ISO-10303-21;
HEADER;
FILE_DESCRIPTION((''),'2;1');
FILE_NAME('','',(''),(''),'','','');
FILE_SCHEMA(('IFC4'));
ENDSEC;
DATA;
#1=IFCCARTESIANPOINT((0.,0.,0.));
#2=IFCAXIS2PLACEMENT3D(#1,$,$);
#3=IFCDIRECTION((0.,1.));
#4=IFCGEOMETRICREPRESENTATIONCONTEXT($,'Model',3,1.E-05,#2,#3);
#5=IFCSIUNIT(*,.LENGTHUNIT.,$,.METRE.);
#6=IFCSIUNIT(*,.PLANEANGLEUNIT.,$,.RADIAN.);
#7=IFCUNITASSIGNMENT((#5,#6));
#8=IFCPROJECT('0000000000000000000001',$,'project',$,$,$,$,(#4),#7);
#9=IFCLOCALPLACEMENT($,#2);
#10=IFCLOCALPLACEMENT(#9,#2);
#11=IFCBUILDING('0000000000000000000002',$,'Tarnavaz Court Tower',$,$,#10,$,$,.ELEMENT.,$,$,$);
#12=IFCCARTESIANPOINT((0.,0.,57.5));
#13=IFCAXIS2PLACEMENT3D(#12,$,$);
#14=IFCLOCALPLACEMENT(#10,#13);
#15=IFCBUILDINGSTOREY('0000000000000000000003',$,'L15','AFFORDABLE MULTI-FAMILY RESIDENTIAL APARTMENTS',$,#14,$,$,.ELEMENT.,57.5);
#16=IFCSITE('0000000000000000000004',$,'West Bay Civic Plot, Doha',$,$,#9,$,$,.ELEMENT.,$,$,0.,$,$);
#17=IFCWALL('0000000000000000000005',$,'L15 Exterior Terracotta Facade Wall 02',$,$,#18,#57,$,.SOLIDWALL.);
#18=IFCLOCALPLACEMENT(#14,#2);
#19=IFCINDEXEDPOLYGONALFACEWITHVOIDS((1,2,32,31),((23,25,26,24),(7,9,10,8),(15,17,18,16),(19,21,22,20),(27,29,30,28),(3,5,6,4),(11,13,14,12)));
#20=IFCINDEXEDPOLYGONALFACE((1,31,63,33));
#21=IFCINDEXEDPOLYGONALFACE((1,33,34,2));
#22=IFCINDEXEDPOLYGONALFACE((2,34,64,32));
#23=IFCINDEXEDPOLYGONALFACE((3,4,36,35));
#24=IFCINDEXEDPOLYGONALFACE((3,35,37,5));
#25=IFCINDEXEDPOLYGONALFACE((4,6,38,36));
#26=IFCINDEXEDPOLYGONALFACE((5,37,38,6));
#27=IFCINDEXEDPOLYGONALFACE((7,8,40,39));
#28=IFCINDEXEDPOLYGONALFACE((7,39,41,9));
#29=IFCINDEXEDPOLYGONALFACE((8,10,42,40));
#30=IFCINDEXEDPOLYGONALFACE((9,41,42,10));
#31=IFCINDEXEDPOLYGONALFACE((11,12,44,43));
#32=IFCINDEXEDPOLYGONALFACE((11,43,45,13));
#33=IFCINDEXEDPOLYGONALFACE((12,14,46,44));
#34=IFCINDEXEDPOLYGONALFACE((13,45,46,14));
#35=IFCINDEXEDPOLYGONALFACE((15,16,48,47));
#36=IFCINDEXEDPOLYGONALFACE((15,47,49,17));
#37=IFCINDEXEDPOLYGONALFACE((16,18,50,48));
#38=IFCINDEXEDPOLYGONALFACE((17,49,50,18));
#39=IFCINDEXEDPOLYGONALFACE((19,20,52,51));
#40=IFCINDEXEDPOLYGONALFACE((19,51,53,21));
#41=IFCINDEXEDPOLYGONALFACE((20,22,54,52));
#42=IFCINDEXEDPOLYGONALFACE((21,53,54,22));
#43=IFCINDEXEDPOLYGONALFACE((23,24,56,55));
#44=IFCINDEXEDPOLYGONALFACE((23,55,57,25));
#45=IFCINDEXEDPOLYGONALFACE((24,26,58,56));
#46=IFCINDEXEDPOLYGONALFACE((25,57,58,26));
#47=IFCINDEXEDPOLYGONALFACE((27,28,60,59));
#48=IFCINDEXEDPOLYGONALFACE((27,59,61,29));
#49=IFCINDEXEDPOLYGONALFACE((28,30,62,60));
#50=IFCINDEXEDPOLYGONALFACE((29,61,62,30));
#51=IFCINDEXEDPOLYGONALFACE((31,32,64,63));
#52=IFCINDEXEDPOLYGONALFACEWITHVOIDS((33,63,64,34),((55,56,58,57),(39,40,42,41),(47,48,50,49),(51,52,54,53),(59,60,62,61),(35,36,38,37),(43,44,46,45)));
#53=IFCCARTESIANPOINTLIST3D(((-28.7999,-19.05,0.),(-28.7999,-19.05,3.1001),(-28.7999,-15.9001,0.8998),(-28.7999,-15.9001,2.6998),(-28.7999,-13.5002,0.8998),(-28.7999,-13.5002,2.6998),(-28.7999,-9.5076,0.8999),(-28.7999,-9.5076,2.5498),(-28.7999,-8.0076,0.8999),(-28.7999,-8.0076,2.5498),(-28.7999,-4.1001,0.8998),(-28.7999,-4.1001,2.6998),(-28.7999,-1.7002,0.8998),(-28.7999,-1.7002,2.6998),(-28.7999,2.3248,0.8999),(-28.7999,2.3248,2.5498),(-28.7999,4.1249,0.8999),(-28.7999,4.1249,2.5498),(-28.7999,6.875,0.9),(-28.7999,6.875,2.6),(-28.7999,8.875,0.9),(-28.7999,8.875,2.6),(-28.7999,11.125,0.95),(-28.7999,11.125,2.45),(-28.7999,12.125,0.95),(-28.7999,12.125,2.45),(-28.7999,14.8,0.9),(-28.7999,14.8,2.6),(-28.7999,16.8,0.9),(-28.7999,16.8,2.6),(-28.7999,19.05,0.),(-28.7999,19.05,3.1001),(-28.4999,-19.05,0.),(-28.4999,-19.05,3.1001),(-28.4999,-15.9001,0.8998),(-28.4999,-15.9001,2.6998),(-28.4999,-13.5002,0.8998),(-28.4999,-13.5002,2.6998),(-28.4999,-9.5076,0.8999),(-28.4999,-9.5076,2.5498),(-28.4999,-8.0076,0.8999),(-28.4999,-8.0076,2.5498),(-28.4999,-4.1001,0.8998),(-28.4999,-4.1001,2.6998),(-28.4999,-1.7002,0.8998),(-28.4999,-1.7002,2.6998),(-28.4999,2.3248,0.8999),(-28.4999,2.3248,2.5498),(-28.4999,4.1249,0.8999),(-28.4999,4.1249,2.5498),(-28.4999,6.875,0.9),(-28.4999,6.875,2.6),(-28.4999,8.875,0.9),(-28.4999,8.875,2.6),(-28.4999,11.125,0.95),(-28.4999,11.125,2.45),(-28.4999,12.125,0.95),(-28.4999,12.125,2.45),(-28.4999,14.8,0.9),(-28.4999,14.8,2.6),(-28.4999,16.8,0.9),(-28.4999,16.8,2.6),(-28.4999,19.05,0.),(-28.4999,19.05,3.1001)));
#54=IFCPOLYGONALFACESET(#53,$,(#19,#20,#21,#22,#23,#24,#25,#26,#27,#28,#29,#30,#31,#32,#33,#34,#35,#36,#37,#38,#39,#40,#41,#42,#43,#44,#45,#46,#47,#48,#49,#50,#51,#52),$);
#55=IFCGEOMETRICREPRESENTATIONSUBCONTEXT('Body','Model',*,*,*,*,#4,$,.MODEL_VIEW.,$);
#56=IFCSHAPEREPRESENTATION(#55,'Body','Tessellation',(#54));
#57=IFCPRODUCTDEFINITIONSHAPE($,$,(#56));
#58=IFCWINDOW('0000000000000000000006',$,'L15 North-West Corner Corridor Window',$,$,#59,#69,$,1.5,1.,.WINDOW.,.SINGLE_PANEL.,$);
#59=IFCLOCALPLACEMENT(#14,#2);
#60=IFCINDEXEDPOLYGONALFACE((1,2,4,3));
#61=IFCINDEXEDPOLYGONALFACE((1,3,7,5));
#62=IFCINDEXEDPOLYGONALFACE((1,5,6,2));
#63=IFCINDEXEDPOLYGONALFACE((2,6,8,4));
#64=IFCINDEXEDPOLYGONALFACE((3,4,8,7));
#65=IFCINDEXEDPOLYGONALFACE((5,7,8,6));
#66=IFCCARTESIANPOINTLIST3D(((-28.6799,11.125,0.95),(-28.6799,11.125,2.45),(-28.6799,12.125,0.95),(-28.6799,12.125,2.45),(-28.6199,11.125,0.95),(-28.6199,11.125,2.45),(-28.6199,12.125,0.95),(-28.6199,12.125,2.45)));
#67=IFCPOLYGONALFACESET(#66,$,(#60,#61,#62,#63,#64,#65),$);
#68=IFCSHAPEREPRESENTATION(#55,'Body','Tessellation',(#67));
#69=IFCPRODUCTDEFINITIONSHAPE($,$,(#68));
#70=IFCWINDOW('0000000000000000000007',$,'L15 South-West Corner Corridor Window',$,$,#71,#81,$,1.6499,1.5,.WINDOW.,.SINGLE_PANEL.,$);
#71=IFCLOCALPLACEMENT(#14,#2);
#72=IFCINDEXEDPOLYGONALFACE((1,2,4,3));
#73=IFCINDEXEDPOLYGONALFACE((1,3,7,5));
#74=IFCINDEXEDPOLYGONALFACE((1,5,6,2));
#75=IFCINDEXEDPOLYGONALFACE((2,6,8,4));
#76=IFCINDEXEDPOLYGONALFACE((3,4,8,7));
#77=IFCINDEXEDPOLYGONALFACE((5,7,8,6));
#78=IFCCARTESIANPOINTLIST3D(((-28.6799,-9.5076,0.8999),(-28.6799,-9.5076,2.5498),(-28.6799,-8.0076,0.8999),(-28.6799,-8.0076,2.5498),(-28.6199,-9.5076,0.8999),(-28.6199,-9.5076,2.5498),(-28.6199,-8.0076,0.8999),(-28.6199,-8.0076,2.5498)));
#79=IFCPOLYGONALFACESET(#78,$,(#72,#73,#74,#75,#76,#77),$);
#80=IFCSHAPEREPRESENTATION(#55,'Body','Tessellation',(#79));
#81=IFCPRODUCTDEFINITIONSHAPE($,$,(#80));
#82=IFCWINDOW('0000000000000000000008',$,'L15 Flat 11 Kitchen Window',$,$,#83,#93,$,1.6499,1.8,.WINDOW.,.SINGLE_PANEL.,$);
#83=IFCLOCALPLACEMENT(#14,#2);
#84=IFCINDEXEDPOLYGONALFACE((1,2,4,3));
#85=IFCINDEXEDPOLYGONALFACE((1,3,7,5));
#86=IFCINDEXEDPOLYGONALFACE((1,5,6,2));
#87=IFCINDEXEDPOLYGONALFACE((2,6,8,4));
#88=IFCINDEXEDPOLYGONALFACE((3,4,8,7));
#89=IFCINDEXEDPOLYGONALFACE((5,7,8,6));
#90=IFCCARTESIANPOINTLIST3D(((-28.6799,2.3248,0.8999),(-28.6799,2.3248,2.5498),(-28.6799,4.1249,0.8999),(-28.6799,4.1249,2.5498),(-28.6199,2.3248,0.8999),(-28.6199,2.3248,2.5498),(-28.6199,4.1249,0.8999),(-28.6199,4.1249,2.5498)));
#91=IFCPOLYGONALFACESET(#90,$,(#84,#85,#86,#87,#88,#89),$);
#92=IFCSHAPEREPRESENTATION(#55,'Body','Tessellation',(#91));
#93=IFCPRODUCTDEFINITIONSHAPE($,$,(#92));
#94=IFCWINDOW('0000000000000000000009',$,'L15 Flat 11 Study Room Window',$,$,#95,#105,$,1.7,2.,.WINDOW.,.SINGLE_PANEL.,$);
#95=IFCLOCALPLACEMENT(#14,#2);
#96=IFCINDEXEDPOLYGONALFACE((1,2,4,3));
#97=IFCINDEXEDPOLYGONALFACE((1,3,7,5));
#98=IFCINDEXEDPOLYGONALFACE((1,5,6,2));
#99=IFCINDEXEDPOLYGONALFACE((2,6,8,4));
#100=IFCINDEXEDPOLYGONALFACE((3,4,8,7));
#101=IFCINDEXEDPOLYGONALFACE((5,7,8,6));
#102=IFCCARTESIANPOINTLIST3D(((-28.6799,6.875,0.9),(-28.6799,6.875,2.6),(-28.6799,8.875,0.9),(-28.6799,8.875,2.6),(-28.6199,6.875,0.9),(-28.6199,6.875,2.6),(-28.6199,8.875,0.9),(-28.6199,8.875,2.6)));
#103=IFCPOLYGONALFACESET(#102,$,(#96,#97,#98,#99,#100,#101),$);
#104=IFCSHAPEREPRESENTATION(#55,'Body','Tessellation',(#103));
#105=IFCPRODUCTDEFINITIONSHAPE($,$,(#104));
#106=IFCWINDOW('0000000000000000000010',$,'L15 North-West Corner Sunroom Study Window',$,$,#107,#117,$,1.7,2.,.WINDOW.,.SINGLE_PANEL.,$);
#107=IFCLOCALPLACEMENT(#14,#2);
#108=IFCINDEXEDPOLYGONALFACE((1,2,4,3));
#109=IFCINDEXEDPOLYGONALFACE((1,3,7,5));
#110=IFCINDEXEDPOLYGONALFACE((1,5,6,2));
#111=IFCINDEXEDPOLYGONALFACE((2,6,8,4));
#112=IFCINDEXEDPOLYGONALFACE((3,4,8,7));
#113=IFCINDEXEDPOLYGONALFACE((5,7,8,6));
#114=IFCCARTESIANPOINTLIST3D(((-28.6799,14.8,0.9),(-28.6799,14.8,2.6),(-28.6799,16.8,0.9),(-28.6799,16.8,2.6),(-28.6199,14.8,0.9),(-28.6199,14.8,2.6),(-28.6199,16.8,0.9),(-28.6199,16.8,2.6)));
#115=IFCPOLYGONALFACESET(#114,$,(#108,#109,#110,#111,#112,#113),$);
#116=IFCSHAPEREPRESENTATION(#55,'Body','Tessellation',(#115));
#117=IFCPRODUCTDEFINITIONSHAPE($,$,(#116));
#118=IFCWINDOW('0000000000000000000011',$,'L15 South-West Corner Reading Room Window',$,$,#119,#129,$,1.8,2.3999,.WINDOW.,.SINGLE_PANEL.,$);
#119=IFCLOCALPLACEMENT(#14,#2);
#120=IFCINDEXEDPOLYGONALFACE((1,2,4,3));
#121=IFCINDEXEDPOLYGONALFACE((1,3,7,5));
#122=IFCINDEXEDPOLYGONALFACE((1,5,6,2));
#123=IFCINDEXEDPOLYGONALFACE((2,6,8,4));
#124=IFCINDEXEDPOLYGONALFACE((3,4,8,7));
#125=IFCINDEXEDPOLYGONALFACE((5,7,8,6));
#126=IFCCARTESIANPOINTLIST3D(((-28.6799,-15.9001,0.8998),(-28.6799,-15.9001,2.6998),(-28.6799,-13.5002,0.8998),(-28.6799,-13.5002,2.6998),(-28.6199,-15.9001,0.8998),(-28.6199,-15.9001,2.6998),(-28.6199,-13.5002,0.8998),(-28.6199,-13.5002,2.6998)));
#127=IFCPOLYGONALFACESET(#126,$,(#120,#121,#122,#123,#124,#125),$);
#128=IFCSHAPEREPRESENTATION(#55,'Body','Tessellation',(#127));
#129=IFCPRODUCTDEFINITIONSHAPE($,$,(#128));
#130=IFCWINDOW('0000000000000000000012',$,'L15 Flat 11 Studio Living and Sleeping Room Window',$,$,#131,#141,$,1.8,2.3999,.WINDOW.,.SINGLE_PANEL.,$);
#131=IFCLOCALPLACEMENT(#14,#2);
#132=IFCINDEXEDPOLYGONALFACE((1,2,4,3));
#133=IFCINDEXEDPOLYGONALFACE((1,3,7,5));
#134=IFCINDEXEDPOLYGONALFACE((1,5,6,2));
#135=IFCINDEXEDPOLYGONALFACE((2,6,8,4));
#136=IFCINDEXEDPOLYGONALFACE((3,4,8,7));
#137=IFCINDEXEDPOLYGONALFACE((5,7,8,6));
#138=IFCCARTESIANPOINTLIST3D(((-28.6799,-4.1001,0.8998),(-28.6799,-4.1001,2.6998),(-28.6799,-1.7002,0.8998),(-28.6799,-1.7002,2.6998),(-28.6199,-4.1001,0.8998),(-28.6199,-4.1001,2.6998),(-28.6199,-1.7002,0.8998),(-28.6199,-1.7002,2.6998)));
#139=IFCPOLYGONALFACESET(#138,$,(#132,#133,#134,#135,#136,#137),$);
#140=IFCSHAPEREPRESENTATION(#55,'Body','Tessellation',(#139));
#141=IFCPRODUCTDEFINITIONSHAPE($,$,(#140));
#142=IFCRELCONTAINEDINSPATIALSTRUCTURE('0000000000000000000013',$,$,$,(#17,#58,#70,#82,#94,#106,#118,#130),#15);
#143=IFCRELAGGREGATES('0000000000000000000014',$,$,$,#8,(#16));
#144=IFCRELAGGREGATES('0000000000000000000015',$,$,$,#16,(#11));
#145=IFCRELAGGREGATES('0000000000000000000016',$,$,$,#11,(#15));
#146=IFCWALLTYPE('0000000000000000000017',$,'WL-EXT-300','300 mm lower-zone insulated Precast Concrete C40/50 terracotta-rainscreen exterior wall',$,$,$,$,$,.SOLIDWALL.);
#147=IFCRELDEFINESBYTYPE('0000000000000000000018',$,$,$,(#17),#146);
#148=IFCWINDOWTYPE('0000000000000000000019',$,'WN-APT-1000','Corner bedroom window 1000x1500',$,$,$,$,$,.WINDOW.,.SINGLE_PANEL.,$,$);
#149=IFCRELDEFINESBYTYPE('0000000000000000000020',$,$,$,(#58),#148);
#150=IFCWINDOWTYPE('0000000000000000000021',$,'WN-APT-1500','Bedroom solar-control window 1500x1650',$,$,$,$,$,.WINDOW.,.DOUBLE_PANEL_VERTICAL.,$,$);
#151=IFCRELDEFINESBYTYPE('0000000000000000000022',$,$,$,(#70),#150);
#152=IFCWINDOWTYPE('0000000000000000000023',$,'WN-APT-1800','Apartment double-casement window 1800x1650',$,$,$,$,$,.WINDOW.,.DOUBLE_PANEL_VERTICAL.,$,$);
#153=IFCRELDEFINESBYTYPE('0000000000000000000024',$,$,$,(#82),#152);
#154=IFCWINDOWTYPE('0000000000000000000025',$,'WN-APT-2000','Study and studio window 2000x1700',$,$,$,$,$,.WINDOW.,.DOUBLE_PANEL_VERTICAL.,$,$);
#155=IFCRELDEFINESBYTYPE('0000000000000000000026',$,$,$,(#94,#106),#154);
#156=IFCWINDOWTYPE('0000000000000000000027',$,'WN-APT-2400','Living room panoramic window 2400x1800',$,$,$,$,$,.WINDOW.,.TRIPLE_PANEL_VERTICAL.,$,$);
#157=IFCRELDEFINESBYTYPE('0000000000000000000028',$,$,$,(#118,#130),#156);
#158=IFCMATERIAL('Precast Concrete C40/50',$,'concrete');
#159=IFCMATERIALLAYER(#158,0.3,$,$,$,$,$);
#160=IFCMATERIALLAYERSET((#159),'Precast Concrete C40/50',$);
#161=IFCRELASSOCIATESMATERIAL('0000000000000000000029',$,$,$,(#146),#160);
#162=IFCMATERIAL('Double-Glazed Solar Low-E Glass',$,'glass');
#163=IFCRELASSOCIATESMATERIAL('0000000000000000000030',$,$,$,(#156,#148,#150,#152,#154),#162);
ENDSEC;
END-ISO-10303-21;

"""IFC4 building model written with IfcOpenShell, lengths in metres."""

from ifc_helpers import new_model, si_unit, direction, frame, frame_2d, origin, place, context, subcontext, project, spatial, rectangle, extrude, material, layer, layer_set, type_object, element, fill, save


model = new_model("IFC4")

# Units and contexts
model_context = context("Model", 3, precision=1e-05, world=origin(), true_north=direction((0.0, 1.0)))
body_context = subcontext(model_context, "Body", "Model", "MODEL_VIEW")
ifc_project = project(units=[si_unit("LENGTHUNIT", "METRE"), si_unit("PLANEANGLEUNIT", "RADIAN")], contexts=[model_context])

# Site, building, storey
site_placement = place(None, origin())
site = spatial("IfcSite", under=ifc_project, at=site_placement, Name="West Bay Civic Plot, Doha", CompositionType="ELEMENT", RefElevation=0.0)
building_placement = place(site_placement, origin())
building = spatial("IfcBuilding", under=site, at=building_placement, Name="Tarnavaz Court Tower", CompositionType="ELEMENT")
storey_placement = place(building_placement, frame((0.0, 0.0, 57.5)))
storey = spatial("IfcBuildingStorey", under=building, at=storey_placement, Name="L15", Description="AFFORDABLE MULTI-FAMILY RESIDENTIAL APARTMENTS", CompositionType="ELEMENT", Elevation=57.5)

# Shared definitions
ifc_material_1 = material(Name="Precast Concrete C40/50", Category="concrete")
ifc_layer_1 = layer(ifc_material_1, 0.3)
ifc_layer_set_1 = layer_set([ifc_layer_1], Name="Precast Concrete C40/50")
wall_type_1 = type_object("IfcWallType", Name="WL-EXT-300", Description="300 mm lower-zone insulated Precast Concrete C40/50 terracotta-rainscreen exterior wall", PredefinedType="SOLIDWALL", material=ifc_layer_set_1)
ifc_material_2 = material(Name="Double-Glazed Solar Low-E Glass", Category="glass")
window_type_1 = type_object("IfcWindowType", Name="WN-APT-2400", Description="Living room panoramic window 2400x1800", PartitioningType="TRIPLE_PANEL_VERTICAL", PredefinedType="WINDOW", material=ifc_material_2)

# Wall, openings, windows
wall_1_placement = place(storey_placement, frame((-28.6499, -19.05, 0.0), z_axis=(0.0, 0.0, 1.0), x_axis=(0.0, 1.0, 0.0)))
wall_1 = element("IfcWall", 1, at=wall_1_placement, inside=storey, type_object=wall_type_1, Name="L15 Exterior Terracotta Facade Wall 02", PredefinedType="SOLIDWALL", context=body_context, shape_type="SweptSolid", body=[
    extrude(rectangle(XDim=38.1001, YDim=0.3, at=frame_2d((19.05, 0.0))), origin(), (0.0, 0.0, 1.0), 3.1001),
])
opening_1_placement = place(wall_1_placement, frame((3.1499, 0.0, 0.8999)))
opening_1 = element("IfcOpeningElement", 2, at=opening_1_placement, cuts=wall_1, PredefinedType="OPENING", context=body_context, shape_type="SweptSolid", body=[
    extrude(rectangle(XDim=2.3999, YDim=1.8, at=frame_2d((1.2, 0.8999))), frame((0.0, 0.1599, 0.0), z_axis=(0.0, -1.0, 0.0), x_axis=(1.0, 0.0, 0.0)), (0.0, 0.0, 1.0), 0.3201),
])
opening_2_placement = place(wall_1_placement, frame((9.5425, 0.0, 0.8999)))
opening_2 = element("IfcOpeningElement", 3, at=opening_2_placement, cuts=wall_1, PredefinedType="OPENING", context=body_context, shape_type="SweptSolid", body=[
    extrude(rectangle(XDim=1.5, YDim=1.6499, at=frame_2d((0.75, 0.825))), frame((0.0, 0.1599, 0.0), z_axis=(0.0, -1.0, 0.0), x_axis=(1.0, 0.0, 0.0)), (0.0, 0.0, 1.0), 0.3201),
])
opening_3_placement = place(wall_1_placement, frame((14.95, 0.0, 0.8999)))
opening_3 = element("IfcOpeningElement", 4, at=opening_3_placement, cuts=wall_1, PredefinedType="OPENING", context=body_context, shape_type="SweptSolid", body=[
    extrude(rectangle(XDim=2.3999, YDim=1.8, at=frame_2d((1.2, 0.8999))), frame((0.0, 0.1599, 0.0), z_axis=(0.0, -1.0, 0.0), x_axis=(1.0, 0.0, 0.0)), (0.0, 0.0, 1.0), 0.3201),
])
opening_4_placement = place(wall_1_placement, frame((21.375, 0.0, 0.8999)))
opening_4 = element("IfcOpeningElement", 5, at=opening_4_placement, cuts=wall_1, PredefinedType="OPENING", context=body_context, shape_type="SweptSolid", body=[
    extrude(rectangle(XDim=1.8, YDim=1.6499, at=frame_2d((0.8999, 0.825))), frame((0.0, 0.1599, 0.0), z_axis=(0.0, -1.0, 0.0), x_axis=(1.0, 0.0, 0.0)), (0.0, 0.0, 1.0), 0.3201),
])
opening_5_placement = place(wall_1_placement, frame((25.925, 0.0, 0.8999)))
opening_5 = element("IfcOpeningElement", 6, at=opening_5_placement, cuts=wall_1, PredefinedType="OPENING", context=body_context, shape_type="SweptSolid", body=[
    extrude(rectangle(XDim=2.0, YDim=1.7, at=frame_2d((1.0, 0.8501))), frame((0.0, 0.1599, 0.0), z_axis=(0.0, -1.0, 0.0), x_axis=(1.0, 0.0, 0.0)), (0.0, 0.0, 1.0), 0.3201),
])
opening_6_placement = place(wall_1_placement, frame((30.175, 0.0, 0.95)))
opening_6 = element("IfcOpeningElement", 7, at=opening_6_placement, cuts=wall_1, PredefinedType="OPENING", context=body_context, shape_type="SweptSolid", body=[
    extrude(rectangle(XDim=1.0, YDim=1.5, at=frame_2d((0.5, 0.75))), frame((0.0, 0.1599, 0.0), z_axis=(0.0, -1.0, 0.0), x_axis=(1.0, 0.0, 0.0)), (0.0, 0.0, 1.0), 0.3201),
])
opening_7_placement = place(wall_1_placement, frame((33.8501, 0.0, 0.8999)))
opening_7 = element("IfcOpeningElement", 8, at=opening_7_placement, cuts=wall_1, PredefinedType="OPENING", context=body_context, shape_type="SweptSolid", body=[
    extrude(rectangle(XDim=2.0, YDim=1.7, at=frame_2d((1.0, 0.8501))), frame((0.0, 0.1599, 0.0), z_axis=(0.0, -1.0, 0.0), x_axis=(1.0, 0.0, 0.0)), (0.0, 0.0, 1.0), 0.3201),
])
window_type_2 = type_object("IfcWindowType", Name="WN-APT-1000", Description="Corner bedroom window 1000x1500", PartitioningType="SINGLE_PANEL", PredefinedType="WINDOW", material=ifc_material_2)
window_1_placement = place(opening_6_placement, origin())
window_1 = element("IfcWindow", 9, at=window_1_placement, inside=storey, type_object=window_type_2, Name="L15 North-West Corner Corridor Window", OverallHeight=1.5, OverallWidth=1.0, PartitioningType="SINGLE_PANEL", PredefinedType="WINDOW", context=body_context, shape_type="SweptSolid", body=[
    extrude(rectangle(XDim=1.0, YDim=1.5, at=frame_2d((0.5, 0.75))), frame((0.0, 0.03, 0.0), z_axis=(0.0, -1.0, 0.0), x_axis=(1.0, 0.0, 0.0)), (0.0, 0.0, 1.0), 0.0601),
])
fill(opening_6, window_1)
window_type_3 = type_object("IfcWindowType", Name="WN-APT-1500", Description="Bedroom solar-control window 1500x1650", PartitioningType="DOUBLE_PANEL_VERTICAL", PredefinedType="WINDOW", material=ifc_material_2)
window_2_placement = place(opening_2_placement, origin())
window_2 = element("IfcWindow", 10, at=window_2_placement, inside=storey, type_object=window_type_3, Name="L15 South-West Corner Corridor Window", OverallHeight=1.6499, OverallWidth=1.5, PartitioningType="SINGLE_PANEL", PredefinedType="WINDOW", context=body_context, shape_type="SweptSolid", body=[
    extrude(rectangle(XDim=1.5, YDim=1.6499, at=frame_2d((0.75, 0.825))), frame((0.0, 0.03, 0.0), z_axis=(0.0, -1.0, 0.0), x_axis=(1.0, 0.0, 0.0)), (0.0, 0.0, 1.0), 0.0601),
])
fill(opening_2, window_2)
window_type_4 = type_object("IfcWindowType", Name="WN-APT-1800", Description="Apartment double-casement window 1800x1650", PartitioningType="DOUBLE_PANEL_VERTICAL", PredefinedType="WINDOW", material=ifc_material_2)
window_3_placement = place(opening_4_placement, origin())
window_3 = element("IfcWindow", 11, at=window_3_placement, inside=storey, type_object=window_type_4, Name="L15 Flat 11 Kitchen Window", OverallHeight=1.6499, OverallWidth=1.8, PartitioningType="SINGLE_PANEL", PredefinedType="WINDOW", context=body_context, shape_type="SweptSolid", body=[
    extrude(rectangle(XDim=1.8, YDim=1.6499, at=frame_2d((0.8999, 0.825))), frame((0.0, 0.03, 0.0), z_axis=(0.0, -1.0, 0.0), x_axis=(1.0, 0.0, 0.0)), (0.0, 0.0, 1.0), 0.0601),
])
fill(opening_4, window_3)
window_type_5 = type_object("IfcWindowType", Name="WN-APT-2000", Description="Study and studio window 2000x1700", PartitioningType="DOUBLE_PANEL_VERTICAL", PredefinedType="WINDOW", material=ifc_material_2)
window_4_placement = place(opening_5_placement, origin())
window_4 = element("IfcWindow", 12, at=window_4_placement, inside=storey, type_object=window_type_5, Name="L15 Flat 11 Study Room Window", OverallHeight=1.7, OverallWidth=2.0, PartitioningType="SINGLE_PANEL", PredefinedType="WINDOW", context=body_context, shape_type="SweptSolid", body=[
    extrude(rectangle(XDim=2.0, YDim=1.7, at=frame_2d((1.0, 0.8501))), frame((0.0, 0.03, 0.0), z_axis=(0.0, -1.0, 0.0), x_axis=(1.0, 0.0, 0.0)), (0.0, 0.0, 1.0), 0.0601),
])
fill(opening_5, window_4)
window_5_placement = place(opening_7_placement, origin())
window_5 = element("IfcWindow", 13, at=window_5_placement, inside=storey, type_object=window_type_5, Name="L15 North-West Corner Sunroom Study Window", OverallHeight=1.7, OverallWidth=2.0, PartitioningType="SINGLE_PANEL", PredefinedType="WINDOW", context=body_context, shape_type="SweptSolid", body=[
    extrude(rectangle(XDim=2.0, YDim=1.7, at=frame_2d((1.0, 0.8501))), frame((0.0, 0.03, 0.0), z_axis=(0.0, -1.0, 0.0), x_axis=(1.0, 0.0, 0.0)), (0.0, 0.0, 1.0), 0.0601),
])
fill(opening_7, window_5)
window_6_placement = place(opening_1_placement, origin())
window_6 = element("IfcWindow", 14, at=window_6_placement, inside=storey, type_object=window_type_1, Name="L15 South-West Corner Reading Room Window", OverallHeight=1.8, OverallWidth=2.3999, PartitioningType="SINGLE_PANEL", PredefinedType="WINDOW", context=body_context, shape_type="SweptSolid", body=[
    extrude(rectangle(XDim=2.3999, YDim=1.8, at=frame_2d((1.2, 0.8999))), frame((0.0, 0.03, 0.0), z_axis=(0.0, -1.0, 0.0), x_axis=(1.0, 0.0, 0.0)), (0.0, 0.0, 1.0), 0.0601),
])
fill(opening_1, window_6)
window_7_placement = place(opening_3_placement, origin())
window_7 = element("IfcWindow", 15, at=window_7_placement, inside=storey, type_object=window_type_1, Name="L15 Flat 11 Studio Living and Sleeping Room Window", OverallHeight=1.8, OverallWidth=2.3999, PartitioningType="SINGLE_PANEL", PredefinedType="WINDOW", context=body_context, shape_type="SweptSolid", body=[
    extrude(rectangle(XDim=2.3999, YDim=1.8, at=frame_2d((1.2, 0.8999))), frame((0.0, 0.03, 0.0), z_axis=(0.0, -1.0, 0.0), x_axis=(1.0, 0.0, 0.0)), (0.0, 0.0, 1.0), 0.0601),
])
fill(opening_3, window_7)

save(model, "model.ifc")
